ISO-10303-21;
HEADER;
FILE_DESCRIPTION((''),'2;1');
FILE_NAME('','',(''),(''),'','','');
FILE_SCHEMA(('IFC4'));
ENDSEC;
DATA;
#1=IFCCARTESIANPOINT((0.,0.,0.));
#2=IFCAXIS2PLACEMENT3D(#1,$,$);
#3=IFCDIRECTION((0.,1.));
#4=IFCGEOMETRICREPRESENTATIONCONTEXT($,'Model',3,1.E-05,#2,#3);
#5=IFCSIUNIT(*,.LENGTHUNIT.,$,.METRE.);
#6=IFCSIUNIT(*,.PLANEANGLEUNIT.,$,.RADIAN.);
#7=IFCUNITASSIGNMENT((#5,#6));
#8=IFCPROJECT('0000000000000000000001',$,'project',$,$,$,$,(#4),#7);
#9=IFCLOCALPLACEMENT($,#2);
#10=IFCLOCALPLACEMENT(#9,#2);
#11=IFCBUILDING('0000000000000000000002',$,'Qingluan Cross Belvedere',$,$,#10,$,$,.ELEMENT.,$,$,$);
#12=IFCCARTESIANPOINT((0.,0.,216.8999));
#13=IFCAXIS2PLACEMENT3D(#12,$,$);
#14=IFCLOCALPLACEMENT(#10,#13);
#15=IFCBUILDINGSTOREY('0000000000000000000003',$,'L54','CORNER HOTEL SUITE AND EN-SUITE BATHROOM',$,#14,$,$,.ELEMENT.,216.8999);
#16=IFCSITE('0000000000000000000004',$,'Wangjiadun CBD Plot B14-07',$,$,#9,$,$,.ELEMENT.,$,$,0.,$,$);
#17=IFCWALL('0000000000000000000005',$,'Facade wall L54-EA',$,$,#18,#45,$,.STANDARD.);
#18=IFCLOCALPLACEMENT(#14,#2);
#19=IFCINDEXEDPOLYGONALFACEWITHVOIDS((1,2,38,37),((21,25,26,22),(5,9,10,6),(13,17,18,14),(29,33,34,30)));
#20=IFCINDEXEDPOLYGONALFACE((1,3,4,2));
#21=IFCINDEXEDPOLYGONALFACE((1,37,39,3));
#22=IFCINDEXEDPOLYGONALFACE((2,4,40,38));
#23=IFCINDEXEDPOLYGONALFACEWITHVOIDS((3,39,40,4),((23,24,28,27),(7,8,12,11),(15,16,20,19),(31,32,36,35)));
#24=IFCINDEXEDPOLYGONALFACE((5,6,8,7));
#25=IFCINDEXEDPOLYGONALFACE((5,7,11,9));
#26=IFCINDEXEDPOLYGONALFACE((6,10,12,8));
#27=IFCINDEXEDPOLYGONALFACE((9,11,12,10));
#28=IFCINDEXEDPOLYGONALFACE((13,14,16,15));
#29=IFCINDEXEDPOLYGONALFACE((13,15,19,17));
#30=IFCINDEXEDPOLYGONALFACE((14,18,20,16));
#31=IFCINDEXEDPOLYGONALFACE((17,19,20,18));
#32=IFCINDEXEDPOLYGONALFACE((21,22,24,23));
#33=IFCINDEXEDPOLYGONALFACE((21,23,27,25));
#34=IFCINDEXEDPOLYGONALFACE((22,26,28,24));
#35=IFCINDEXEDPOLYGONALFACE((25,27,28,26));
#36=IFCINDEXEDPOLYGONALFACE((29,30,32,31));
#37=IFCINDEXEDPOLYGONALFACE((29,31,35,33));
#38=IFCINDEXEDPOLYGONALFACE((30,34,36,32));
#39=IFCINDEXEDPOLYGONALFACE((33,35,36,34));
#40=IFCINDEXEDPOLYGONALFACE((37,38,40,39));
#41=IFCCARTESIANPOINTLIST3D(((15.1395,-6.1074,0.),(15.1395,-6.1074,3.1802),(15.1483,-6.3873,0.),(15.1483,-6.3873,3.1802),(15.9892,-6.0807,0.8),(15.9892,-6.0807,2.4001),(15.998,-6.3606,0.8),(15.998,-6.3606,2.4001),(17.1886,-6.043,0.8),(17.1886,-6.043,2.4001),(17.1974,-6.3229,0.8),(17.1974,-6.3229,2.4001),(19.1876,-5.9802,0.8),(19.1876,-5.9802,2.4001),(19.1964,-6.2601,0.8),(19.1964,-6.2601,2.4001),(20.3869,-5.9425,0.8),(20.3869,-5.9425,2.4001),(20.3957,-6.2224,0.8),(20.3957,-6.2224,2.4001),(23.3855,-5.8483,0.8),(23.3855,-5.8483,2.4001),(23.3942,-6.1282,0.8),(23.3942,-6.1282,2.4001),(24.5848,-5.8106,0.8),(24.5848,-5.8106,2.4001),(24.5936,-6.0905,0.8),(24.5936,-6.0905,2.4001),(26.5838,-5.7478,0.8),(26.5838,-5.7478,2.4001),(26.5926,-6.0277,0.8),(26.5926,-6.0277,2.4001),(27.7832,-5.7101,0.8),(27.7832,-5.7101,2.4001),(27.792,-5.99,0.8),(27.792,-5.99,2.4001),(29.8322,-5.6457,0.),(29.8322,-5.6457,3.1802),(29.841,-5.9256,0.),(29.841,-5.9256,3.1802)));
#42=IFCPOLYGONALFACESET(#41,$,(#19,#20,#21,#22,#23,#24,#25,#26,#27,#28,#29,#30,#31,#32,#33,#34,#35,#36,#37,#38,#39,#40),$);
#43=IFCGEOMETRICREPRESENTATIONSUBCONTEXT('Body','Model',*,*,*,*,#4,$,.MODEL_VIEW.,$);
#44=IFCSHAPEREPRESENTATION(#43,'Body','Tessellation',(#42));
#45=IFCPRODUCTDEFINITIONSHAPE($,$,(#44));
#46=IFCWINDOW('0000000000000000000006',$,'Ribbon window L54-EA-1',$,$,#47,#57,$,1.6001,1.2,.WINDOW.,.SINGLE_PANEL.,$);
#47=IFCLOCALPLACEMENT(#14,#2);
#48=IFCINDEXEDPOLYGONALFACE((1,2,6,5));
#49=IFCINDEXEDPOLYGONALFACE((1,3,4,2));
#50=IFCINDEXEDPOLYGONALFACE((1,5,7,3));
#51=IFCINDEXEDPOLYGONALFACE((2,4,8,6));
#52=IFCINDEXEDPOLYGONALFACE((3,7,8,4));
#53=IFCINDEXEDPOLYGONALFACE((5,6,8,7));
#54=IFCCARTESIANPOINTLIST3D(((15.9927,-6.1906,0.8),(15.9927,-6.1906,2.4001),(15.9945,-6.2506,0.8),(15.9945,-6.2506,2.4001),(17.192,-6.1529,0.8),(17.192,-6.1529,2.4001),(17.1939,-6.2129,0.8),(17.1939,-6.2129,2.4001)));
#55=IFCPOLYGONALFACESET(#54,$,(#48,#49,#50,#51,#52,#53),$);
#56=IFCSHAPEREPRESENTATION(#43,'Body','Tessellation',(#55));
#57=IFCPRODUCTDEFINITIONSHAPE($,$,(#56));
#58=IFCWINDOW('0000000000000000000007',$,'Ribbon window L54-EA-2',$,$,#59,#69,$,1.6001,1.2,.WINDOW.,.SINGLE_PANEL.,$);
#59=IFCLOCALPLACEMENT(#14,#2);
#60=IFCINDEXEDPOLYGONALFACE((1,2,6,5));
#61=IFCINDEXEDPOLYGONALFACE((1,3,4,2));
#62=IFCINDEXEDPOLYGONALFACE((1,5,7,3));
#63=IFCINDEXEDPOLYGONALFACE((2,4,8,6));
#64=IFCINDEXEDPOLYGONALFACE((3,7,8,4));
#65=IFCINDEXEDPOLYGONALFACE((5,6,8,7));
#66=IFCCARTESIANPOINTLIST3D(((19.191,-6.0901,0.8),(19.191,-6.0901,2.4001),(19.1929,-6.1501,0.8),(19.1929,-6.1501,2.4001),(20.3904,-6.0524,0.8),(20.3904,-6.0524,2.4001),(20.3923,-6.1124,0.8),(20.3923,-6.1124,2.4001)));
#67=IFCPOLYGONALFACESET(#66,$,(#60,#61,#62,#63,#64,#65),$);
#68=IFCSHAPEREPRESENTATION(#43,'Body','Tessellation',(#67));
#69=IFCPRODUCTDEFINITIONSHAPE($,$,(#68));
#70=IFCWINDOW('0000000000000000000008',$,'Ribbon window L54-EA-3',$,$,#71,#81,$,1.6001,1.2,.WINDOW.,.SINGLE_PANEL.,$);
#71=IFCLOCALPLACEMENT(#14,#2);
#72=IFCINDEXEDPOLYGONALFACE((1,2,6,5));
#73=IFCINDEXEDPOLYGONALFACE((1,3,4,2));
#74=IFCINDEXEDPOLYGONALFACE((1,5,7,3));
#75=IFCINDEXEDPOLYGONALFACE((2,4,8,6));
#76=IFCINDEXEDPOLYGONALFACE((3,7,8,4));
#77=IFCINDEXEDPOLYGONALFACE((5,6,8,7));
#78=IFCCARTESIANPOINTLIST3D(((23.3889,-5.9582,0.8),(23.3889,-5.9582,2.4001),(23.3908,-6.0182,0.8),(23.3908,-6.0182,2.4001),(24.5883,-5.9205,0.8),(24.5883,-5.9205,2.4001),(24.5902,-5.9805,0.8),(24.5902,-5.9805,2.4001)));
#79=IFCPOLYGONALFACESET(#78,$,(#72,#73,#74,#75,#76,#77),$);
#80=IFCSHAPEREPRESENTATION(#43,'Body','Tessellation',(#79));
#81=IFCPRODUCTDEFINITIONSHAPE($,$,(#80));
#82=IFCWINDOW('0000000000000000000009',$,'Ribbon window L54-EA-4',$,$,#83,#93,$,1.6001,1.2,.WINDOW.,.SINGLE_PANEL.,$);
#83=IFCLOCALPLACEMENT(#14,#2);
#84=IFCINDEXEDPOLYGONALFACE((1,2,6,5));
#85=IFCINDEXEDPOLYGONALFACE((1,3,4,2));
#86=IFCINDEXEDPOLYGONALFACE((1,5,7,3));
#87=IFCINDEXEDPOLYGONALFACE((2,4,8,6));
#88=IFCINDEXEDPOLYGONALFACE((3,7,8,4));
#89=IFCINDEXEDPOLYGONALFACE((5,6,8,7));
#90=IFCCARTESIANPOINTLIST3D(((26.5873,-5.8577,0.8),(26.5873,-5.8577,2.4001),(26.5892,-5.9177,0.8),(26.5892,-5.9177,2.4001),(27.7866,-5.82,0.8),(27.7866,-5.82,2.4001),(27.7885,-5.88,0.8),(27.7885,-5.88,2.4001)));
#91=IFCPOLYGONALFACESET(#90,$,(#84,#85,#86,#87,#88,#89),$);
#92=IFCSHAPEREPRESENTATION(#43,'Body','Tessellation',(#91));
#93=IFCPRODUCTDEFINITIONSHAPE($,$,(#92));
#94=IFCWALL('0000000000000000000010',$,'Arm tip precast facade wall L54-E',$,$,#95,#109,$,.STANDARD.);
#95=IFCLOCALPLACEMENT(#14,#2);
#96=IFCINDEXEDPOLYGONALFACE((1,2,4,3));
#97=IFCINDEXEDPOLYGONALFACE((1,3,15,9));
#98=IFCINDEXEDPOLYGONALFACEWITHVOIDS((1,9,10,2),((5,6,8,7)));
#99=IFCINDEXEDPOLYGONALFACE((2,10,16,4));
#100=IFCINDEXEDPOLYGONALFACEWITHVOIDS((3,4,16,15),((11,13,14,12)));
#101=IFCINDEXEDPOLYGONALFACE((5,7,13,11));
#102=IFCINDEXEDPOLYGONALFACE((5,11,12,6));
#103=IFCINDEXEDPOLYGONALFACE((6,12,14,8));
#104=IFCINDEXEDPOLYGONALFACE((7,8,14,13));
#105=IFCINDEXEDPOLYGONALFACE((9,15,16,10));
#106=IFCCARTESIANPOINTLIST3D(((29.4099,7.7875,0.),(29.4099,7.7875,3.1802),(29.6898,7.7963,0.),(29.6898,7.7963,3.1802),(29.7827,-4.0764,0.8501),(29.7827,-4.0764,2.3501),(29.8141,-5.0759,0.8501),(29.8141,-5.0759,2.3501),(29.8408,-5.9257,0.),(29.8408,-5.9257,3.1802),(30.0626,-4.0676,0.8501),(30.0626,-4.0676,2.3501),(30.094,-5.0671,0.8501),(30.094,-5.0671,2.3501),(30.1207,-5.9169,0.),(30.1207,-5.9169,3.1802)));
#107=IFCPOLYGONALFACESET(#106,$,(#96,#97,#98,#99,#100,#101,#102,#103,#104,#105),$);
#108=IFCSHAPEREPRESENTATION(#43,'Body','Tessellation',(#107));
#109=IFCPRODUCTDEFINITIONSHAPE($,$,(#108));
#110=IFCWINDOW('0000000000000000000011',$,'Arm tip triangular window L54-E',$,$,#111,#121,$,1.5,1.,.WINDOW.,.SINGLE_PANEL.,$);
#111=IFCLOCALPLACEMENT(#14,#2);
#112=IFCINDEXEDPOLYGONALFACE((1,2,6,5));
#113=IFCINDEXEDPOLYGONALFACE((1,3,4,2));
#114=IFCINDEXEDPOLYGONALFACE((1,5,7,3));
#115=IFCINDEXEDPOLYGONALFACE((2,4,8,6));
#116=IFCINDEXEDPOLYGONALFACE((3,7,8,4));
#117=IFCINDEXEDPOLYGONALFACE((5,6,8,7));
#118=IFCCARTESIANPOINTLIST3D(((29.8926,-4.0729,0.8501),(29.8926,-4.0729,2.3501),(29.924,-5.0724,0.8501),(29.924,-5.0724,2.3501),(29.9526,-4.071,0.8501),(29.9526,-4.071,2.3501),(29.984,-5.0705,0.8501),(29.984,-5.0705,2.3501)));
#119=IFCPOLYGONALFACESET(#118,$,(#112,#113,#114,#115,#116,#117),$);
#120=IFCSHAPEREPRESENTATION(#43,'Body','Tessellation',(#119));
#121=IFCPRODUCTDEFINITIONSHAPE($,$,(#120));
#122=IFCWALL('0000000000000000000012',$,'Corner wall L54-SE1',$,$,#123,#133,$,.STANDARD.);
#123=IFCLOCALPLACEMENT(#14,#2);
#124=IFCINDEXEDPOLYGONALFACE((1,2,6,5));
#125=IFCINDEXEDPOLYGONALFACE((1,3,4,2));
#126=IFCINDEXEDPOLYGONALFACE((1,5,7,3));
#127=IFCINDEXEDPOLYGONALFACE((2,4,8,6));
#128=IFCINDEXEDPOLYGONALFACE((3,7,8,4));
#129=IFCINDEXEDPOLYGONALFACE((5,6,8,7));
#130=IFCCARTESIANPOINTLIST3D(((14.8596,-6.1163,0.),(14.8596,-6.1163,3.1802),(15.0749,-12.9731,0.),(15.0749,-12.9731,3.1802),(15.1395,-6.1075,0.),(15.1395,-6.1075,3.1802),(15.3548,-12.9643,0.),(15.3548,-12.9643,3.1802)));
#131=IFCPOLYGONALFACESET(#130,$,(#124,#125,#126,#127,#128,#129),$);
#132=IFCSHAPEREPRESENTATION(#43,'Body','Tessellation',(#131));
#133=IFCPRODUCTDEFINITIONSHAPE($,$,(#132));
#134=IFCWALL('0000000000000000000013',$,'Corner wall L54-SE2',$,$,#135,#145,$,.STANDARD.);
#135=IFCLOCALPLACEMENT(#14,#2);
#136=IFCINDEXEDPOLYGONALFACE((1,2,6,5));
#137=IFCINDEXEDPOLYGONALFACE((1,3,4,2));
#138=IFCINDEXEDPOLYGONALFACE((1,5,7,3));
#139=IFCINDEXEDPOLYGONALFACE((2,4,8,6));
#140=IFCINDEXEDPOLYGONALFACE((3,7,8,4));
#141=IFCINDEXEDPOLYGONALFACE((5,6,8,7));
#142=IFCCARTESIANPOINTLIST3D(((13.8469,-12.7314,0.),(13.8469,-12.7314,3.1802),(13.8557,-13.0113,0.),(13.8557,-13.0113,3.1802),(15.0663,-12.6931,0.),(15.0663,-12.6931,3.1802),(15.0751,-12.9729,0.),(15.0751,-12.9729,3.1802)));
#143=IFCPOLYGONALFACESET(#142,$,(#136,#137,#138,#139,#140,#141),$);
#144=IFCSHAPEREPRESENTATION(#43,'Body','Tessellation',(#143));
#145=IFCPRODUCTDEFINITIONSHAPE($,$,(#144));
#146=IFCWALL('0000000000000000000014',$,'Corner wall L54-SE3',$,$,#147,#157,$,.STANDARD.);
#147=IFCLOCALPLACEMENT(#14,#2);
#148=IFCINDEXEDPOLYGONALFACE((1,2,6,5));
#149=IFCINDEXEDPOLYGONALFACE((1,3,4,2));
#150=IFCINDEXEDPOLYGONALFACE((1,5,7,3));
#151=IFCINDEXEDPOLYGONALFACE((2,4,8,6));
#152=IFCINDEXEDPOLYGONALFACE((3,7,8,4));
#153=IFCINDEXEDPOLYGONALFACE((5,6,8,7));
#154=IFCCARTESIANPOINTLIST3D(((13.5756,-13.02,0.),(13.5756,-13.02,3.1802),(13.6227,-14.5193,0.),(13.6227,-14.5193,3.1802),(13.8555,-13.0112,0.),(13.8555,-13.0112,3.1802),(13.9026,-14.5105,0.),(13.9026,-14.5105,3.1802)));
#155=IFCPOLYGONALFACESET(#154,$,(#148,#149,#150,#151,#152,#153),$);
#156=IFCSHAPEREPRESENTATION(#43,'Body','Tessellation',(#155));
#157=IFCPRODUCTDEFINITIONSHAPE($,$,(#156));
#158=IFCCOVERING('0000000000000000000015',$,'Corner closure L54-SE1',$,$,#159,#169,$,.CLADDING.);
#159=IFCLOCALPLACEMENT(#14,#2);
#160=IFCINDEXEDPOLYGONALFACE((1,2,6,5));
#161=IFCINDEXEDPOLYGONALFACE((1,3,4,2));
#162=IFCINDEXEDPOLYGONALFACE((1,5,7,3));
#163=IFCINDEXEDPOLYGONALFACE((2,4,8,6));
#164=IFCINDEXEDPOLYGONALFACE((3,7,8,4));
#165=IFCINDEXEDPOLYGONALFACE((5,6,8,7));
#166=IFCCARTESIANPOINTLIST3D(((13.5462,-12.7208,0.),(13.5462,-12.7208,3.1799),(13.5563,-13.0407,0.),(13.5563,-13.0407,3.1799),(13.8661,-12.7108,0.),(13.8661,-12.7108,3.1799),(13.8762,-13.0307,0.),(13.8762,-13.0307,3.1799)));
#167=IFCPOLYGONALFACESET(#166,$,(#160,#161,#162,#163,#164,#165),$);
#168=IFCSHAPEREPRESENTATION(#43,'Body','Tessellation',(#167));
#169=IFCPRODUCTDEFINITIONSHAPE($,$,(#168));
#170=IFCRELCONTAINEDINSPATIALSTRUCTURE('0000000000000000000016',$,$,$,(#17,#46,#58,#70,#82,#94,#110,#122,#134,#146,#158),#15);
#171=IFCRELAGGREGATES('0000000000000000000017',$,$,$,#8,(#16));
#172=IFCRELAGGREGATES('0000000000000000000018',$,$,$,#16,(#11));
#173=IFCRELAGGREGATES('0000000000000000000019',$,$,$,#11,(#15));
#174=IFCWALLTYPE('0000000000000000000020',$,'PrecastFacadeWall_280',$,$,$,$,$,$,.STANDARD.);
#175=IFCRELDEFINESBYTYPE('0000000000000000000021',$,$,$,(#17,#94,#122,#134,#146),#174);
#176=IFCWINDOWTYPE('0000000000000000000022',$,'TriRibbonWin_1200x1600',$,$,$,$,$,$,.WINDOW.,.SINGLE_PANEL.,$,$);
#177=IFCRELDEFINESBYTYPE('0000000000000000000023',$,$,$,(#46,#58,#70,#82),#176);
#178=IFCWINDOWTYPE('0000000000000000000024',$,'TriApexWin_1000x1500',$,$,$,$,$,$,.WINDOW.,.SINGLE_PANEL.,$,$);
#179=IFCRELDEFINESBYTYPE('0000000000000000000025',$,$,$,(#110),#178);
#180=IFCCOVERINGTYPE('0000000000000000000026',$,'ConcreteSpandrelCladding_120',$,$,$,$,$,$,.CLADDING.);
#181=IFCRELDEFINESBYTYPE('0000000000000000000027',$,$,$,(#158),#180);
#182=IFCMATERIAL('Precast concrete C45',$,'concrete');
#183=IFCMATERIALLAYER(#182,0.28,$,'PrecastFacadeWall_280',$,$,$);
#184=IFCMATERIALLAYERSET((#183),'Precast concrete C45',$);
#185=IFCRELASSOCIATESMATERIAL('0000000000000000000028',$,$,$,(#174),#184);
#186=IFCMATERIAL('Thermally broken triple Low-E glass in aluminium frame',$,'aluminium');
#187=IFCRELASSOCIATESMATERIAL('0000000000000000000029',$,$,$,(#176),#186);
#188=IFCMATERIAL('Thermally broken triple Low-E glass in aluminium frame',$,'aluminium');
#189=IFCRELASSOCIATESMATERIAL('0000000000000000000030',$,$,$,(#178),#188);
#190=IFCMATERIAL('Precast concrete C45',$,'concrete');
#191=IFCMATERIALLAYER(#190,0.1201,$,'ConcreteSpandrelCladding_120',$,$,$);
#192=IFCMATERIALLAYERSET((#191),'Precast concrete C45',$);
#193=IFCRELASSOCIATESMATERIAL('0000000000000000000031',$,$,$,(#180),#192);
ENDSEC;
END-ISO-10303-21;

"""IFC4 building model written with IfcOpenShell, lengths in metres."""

from ifc_helpers import new_model, si_unit, direction, frame, frame_2d, origin, origin_2d, place, context, subcontext, project, spatial, rectangle, extrude, material, layer, layer_set, type_object, element, fill, save


model = new_model("IFC4")

# Units and contexts
model_context = context("Model", 3, precision=1e-05, world=origin(), true_north=direction((0.0, 1.0)))
body_context = subcontext(model_context, "Body", "Model", "MODEL_VIEW")
ifc_project = project(units=[si_unit("LENGTHUNIT", "METRE"), si_unit("PLANEANGLEUNIT", "RADIAN")], contexts=[model_context])

# Site, building, storey
site_placement = place(None, origin())
site = spatial("IfcSite", under=ifc_project, at=site_placement, Name="Wangjiadun CBD Plot B14-07", CompositionType="ELEMENT", RefElevation=0.0)
building_placement = place(site_placement, origin())
building = spatial("IfcBuilding", under=site, at=building_placement, Name="Qingluan Cross Belvedere", CompositionType="ELEMENT")
storey_placement = place(building_placement, frame((0.0, 0.0, 216.8999)))
storey = spatial("IfcBuildingStorey", under=building, at=storey_placement, Name="L54", Description="CORNER HOTEL SUITE AND EN-SUITE BATHROOM", CompositionType="ELEMENT", Elevation=216.8999)

# Wall, openings, windows
ifc_material_1 = material(Name="Precast concrete C45", Category="concrete")
ifc_layer_1 = layer(ifc_material_1, 0.28, Name="PrecastFacadeWall_280")
ifc_layer_set_1 = layer_set([ifc_layer_1], Name="Precast concrete C45")
wall_type_1 = type_object("IfcWallType", Name="PrecastFacadeWall_280", PredefinedType="STANDARD", material=ifc_layer_set_1)
wall_1_placement = place(storey_placement, frame((15.1438, -6.2473, 0.0), z_axis=(0.0, 0.0, 1.0), x_axis=(0.999507, 0.031406, 0.0)))
wall_1 = element("IfcWall", 1, at=wall_1_placement, inside=storey, type_object=wall_type_1, Name="Facade wall L54-EA", PredefinedType="STANDARD", context=body_context, shape_type="SweptSolid", body=[
    extrude(rectangle(XDim=14.7, YDim=0.28, at=frame_2d((7.3501, 0.0))), origin(), (0.0, 0.0, 1.0), 3.1802),
])
opening_1_placement = place(wall_1_placement, frame((0.8501, 0.0, 0.8)))
opening_1 = element("IfcOpeningElement", 2, at=opening_1_placement, cuts=wall_1, PredefinedType="OPENING", context=body_context, shape_type="SweptSolid", body=[
    extrude(rectangle(XDim=1.2, YDim=1.6001, at=frame_2d((0.6001, 0.8))), frame((0.0, 0.1499, 0.0), z_axis=(0.0, -1.0, 0.0), x_axis=(1.0, 0.0, 0.0)), (0.0, 0.0, 1.0), 0.3),
])
opening_2_placement = place(wall_1_placement, frame((4.05, 0.0, 0.8)))
opening_2 = element("IfcOpeningElement", 3, at=opening_2_placement, cuts=wall_1, PredefinedType="OPENING", context=body_context, shape_type="SweptSolid", body=[
    extrude(rectangle(XDim=1.2, YDim=1.6001, at=frame_2d((0.6001, 0.8))), frame((0.0, 0.1499, 0.0), z_axis=(0.0, -1.0, 0.0), x_axis=(1.0, 0.0, 0.0)), (0.0, 0.0, 1.0), 0.3),
])
opening_3_placement = place(wall_1_placement, frame((8.25, 0.0, 0.8)))
opening_3 = element("IfcOpeningElement", 4, at=opening_3_placement, cuts=wall_1, PredefinedType="OPENING", context=body_context, shape_type="SweptSolid", body=[
    extrude(rectangle(XDim=1.2, YDim=1.6001, at=frame_2d((0.6001, 0.8))), frame((0.0, 0.1499, 0.0), z_axis=(0.0, -1.0, 0.0), x_axis=(1.0, 0.0, 0.0)), (0.0, 0.0, 1.0), 0.3),
])
opening_4_placement = place(wall_1_placement, frame((11.45, 0.0, 0.8)))
opening_4 = element("IfcOpeningElement", 5, at=opening_4_placement, cuts=wall_1, PredefinedType="OPENING", context=body_context, shape_type="SweptSolid", body=[
    extrude(rectangle(XDim=1.2, YDim=1.6001, at=frame_2d((0.6001, 0.8))), frame((0.0, 0.1499, 0.0), z_axis=(0.0, -1.0, 0.0), x_axis=(1.0, 0.0, 0.0)), (0.0, 0.0, 1.0), 0.3),
])
ifc_material_2 = material(Name="Thermally broken triple Low-E glass in aluminium frame", Category="aluminium")
window_type_1 = type_object("IfcWindowType", Name="TriRibbonWin_1200x1600", PartitioningType="SINGLE_PANEL", PredefinedType="WINDOW", material=ifc_material_2)
window_1_placement = place(opening_1_placement, origin())
window_1 = element("IfcWindow", 6, at=window_1_placement, inside=storey, type_object=window_type_1, Name="Ribbon window L54-EA-1", OverallHeight=1.6001, OverallWidth=1.2, PartitioningType="SINGLE_PANEL", PredefinedType="WINDOW", context=body_context, shape_type="SweptSolid", body=[
    extrude(rectangle(XDim=1.2, YDim=1.6001, at=frame_2d((0.6001, 0.8))), frame((0.0, 0.03, 0.0), z_axis=(0.0, -1.0, 0.0), x_axis=(1.0, 0.0, 0.0)), (0.0, 0.0, 1.0), 0.0601),
])
fill(opening_1, window_1)
window_2_placement = place(opening_2_placement, origin())
window_2 = element("IfcWindow", 7, at=window_2_placement, inside=storey, type_object=window_type_1, Name="Ribbon window L54-EA-2", OverallHeight=1.6001, OverallWidth=1.2, PartitioningType="SINGLE_PANEL", PredefinedType="WINDOW", context=body_context, shape_type="SweptSolid", body=[
    extrude(rectangle(XDim=1.2, YDim=1.6001, at=frame_2d((0.6001, 0.8))), frame((0.0, 0.03, 0.0), z_axis=(0.0, -1.0, 0.0), x_axis=(1.0, 0.0, 0.0)), (0.0, 0.0, 1.0), 0.0601),
])
fill(opening_2, window_2)
window_3_placement = place(opening_3_placement, origin())
window_3 = element("IfcWindow", 8, at=window_3_placement, inside=storey, type_object=window_type_1, Name="Ribbon window L54-EA-3", OverallHeight=1.6001, OverallWidth=1.2, PartitioningType="SINGLE_PANEL", PredefinedType="WINDOW", context=body_context, shape_type="SweptSolid", body=[
    extrude(rectangle(XDim=1.2, YDim=1.6001, at=frame_2d((0.6001, 0.8))), frame((0.0, 0.03, 0.0), z_axis=(0.0, -1.0, 0.0), x_axis=(1.0, 0.0, 0.0)), (0.0, 0.0, 1.0), 0.0601),
])
fill(opening_3, window_3)
window_4_placement = place(opening_4_placement, origin())
window_4 = element("IfcWindow", 9, at=window_4_placement, inside=storey, type_object=window_type_1, Name="Ribbon window L54-EA-4", OverallHeight=1.6001, OverallWidth=1.2, PartitioningType="SINGLE_PANEL", PredefinedType="WINDOW", context=body_context, shape_type="SweptSolid", body=[
    extrude(rectangle(XDim=1.2, YDim=1.6001, at=frame_2d((0.6001, 0.8))), frame((0.0, 0.03, 0.0), z_axis=(0.0, -1.0, 0.0), x_axis=(1.0, 0.0, 0.0)), (0.0, 0.0, 1.0), 0.0601),
])
fill(opening_4, window_4)

# Wall, opening, window
wall_2_placement = place(storey_placement, frame((29.9807, -5.9211, 0.0), z_axis=(0.0, 0.0, 1.0), x_axis=(-0.031408, 0.999507, 0.0)))
wall_2 = element("IfcWall", 10, at=wall_2_placement, inside=storey, type_object=wall_type_1, Name="Arm tip precast facade wall L54-E", PredefinedType="STANDARD", context=body_context, shape_type="SweptSolid", body=[
    extrude(rectangle(XDim=13.72, YDim=0.28, at=frame_2d((6.8599, 0.0))), origin(), (0.0, 0.0, 1.0), 3.1802),
])
opening_5_placement = place(wall_2_placement, frame((0.8501, 0.0, 0.8501)))
opening_5 = element("IfcOpeningElement", 11, at=opening_5_placement, cuts=wall_2, PredefinedType="OPENING", context=body_context, shape_type="SweptSolid", body=[
    extrude(rectangle(XDim=1.0, YDim=1.5, at=frame_2d((0.5, 0.75))), frame((0.0, 0.1499, 0.0), z_axis=(0.0, -1.0, 0.0), x_axis=(1.0, 0.0, 0.0)), (0.0, 0.0, 1.0), 0.3),
])
ifc_material_3 = material(Name="Thermally broken triple Low-E glass in aluminium frame", Category="aluminium")
window_type_2 = type_object("IfcWindowType", Name="TriApexWin_1000x1500", PartitioningType="SINGLE_PANEL", PredefinedType="WINDOW", material=ifc_material_3)
window_5_placement = place(opening_5_placement, origin())
window_5 = element("IfcWindow", 12, at=window_5_placement, inside=storey, type_object=window_type_2, Name="Arm tip triangular window L54-E", OverallHeight=1.5, OverallWidth=1.0, PartitioningType="SINGLE_PANEL", PredefinedType="WINDOW", context=body_context, shape_type="SweptSolid", body=[
    extrude(rectangle(XDim=1.0, YDim=1.5, at=frame_2d((0.5, 0.75))), frame((0.0, 0.03, 0.0), z_axis=(0.0, -1.0, 0.0), x_axis=(1.0, 0.0, 0.0)), (0.0, 0.0, 1.0), 0.0601),
])
fill(opening_5, window_5)

# Walls
wall_3_placement = place(storey_placement, frame((14.9995, -6.1118, 0.0), z_axis=(0.0, 0.0, 1.0), x_axis=(0.031389, -0.999507, 0.0)))
element("IfcWall", 13, at=wall_3_placement, inside=storey, type_object=wall_type_1, Name="Corner wall L54-SE1", PredefinedType="STANDARD", context=body_context, shape_type="SweptSolid", body=[
    extrude(rectangle(XDim=6.8601, YDim=0.28, at=frame_2d((3.4302, 0.0))), origin(), (0.0, 0.0, 1.0), 3.1802),
])
wall_4_placement = place(storey_placement, frame((15.0706, -12.833, 0.0), z_axis=(0.0, 0.0, 1.0), x_axis=(-0.999506, -0.031416, 0.0)))
element("IfcWall", 14, at=wall_4_placement, inside=storey, type_object=wall_type_1, Name="Corner wall L54-SE2", PredefinedType="STANDARD", context=body_context, shape_type="SweptSolid", body=[
    extrude(rectangle(XDim=1.22, YDim=0.28, at=frame_2d((0.6099, 0.0))), origin(), (0.0, 0.0, 1.0), 3.1802),
])
wall_5_placement = place(storey_placement, frame((13.7156, -13.0156, 0.0), z_axis=(0.0, 0.0, 1.0), x_axis=(0.031413, -0.999507, 0.0)))
element("IfcWall", 15, at=wall_5_placement, inside=storey, type_object=wall_type_1, Name="Corner wall L54-SE3", PredefinedType="STANDARD", context=body_context, shape_type="SweptSolid", body=[
    extrude(rectangle(XDim=1.5, YDim=0.28, at=frame_2d((0.75, 0.0))), origin(), (0.0, 0.0, 1.0), 3.1802),
])

# Covering
ifc_material_4 = material(Name="Precast concrete C45", Category="concrete")
ifc_layer_2 = layer(ifc_material_4, 0.1201, Name="ConcreteSpandrelCladding_120")
ifc_layer_set_2 = layer_set([ifc_layer_2], Name="Precast concrete C45")
covering_type = type_object("IfcCoveringType", Name="ConcreteSpandrelCladding_120", PredefinedType="CLADDING", material=ifc_layer_set_2)
covering_placement = place(storey_placement, frame((13.7112, -12.8757, 0.0), z_axis=(0.0, 0.0, 1.0), x_axis=(0.999507, 0.031411, 0.0)))
element("IfcCovering", 16, at=covering_placement, inside=storey, type_object=covering_type, Name="Corner closure L54-SE1", PredefinedType="CLADDING", context=body_context, shape_type="SweptSolid", body=[
    extrude(rectangle(XDim=0.3201, YDim=0.3201, at=origin_2d()), origin(), (0.0, 0.0, 1.0), 3.1799),
])

save(model, "model.ifc")
